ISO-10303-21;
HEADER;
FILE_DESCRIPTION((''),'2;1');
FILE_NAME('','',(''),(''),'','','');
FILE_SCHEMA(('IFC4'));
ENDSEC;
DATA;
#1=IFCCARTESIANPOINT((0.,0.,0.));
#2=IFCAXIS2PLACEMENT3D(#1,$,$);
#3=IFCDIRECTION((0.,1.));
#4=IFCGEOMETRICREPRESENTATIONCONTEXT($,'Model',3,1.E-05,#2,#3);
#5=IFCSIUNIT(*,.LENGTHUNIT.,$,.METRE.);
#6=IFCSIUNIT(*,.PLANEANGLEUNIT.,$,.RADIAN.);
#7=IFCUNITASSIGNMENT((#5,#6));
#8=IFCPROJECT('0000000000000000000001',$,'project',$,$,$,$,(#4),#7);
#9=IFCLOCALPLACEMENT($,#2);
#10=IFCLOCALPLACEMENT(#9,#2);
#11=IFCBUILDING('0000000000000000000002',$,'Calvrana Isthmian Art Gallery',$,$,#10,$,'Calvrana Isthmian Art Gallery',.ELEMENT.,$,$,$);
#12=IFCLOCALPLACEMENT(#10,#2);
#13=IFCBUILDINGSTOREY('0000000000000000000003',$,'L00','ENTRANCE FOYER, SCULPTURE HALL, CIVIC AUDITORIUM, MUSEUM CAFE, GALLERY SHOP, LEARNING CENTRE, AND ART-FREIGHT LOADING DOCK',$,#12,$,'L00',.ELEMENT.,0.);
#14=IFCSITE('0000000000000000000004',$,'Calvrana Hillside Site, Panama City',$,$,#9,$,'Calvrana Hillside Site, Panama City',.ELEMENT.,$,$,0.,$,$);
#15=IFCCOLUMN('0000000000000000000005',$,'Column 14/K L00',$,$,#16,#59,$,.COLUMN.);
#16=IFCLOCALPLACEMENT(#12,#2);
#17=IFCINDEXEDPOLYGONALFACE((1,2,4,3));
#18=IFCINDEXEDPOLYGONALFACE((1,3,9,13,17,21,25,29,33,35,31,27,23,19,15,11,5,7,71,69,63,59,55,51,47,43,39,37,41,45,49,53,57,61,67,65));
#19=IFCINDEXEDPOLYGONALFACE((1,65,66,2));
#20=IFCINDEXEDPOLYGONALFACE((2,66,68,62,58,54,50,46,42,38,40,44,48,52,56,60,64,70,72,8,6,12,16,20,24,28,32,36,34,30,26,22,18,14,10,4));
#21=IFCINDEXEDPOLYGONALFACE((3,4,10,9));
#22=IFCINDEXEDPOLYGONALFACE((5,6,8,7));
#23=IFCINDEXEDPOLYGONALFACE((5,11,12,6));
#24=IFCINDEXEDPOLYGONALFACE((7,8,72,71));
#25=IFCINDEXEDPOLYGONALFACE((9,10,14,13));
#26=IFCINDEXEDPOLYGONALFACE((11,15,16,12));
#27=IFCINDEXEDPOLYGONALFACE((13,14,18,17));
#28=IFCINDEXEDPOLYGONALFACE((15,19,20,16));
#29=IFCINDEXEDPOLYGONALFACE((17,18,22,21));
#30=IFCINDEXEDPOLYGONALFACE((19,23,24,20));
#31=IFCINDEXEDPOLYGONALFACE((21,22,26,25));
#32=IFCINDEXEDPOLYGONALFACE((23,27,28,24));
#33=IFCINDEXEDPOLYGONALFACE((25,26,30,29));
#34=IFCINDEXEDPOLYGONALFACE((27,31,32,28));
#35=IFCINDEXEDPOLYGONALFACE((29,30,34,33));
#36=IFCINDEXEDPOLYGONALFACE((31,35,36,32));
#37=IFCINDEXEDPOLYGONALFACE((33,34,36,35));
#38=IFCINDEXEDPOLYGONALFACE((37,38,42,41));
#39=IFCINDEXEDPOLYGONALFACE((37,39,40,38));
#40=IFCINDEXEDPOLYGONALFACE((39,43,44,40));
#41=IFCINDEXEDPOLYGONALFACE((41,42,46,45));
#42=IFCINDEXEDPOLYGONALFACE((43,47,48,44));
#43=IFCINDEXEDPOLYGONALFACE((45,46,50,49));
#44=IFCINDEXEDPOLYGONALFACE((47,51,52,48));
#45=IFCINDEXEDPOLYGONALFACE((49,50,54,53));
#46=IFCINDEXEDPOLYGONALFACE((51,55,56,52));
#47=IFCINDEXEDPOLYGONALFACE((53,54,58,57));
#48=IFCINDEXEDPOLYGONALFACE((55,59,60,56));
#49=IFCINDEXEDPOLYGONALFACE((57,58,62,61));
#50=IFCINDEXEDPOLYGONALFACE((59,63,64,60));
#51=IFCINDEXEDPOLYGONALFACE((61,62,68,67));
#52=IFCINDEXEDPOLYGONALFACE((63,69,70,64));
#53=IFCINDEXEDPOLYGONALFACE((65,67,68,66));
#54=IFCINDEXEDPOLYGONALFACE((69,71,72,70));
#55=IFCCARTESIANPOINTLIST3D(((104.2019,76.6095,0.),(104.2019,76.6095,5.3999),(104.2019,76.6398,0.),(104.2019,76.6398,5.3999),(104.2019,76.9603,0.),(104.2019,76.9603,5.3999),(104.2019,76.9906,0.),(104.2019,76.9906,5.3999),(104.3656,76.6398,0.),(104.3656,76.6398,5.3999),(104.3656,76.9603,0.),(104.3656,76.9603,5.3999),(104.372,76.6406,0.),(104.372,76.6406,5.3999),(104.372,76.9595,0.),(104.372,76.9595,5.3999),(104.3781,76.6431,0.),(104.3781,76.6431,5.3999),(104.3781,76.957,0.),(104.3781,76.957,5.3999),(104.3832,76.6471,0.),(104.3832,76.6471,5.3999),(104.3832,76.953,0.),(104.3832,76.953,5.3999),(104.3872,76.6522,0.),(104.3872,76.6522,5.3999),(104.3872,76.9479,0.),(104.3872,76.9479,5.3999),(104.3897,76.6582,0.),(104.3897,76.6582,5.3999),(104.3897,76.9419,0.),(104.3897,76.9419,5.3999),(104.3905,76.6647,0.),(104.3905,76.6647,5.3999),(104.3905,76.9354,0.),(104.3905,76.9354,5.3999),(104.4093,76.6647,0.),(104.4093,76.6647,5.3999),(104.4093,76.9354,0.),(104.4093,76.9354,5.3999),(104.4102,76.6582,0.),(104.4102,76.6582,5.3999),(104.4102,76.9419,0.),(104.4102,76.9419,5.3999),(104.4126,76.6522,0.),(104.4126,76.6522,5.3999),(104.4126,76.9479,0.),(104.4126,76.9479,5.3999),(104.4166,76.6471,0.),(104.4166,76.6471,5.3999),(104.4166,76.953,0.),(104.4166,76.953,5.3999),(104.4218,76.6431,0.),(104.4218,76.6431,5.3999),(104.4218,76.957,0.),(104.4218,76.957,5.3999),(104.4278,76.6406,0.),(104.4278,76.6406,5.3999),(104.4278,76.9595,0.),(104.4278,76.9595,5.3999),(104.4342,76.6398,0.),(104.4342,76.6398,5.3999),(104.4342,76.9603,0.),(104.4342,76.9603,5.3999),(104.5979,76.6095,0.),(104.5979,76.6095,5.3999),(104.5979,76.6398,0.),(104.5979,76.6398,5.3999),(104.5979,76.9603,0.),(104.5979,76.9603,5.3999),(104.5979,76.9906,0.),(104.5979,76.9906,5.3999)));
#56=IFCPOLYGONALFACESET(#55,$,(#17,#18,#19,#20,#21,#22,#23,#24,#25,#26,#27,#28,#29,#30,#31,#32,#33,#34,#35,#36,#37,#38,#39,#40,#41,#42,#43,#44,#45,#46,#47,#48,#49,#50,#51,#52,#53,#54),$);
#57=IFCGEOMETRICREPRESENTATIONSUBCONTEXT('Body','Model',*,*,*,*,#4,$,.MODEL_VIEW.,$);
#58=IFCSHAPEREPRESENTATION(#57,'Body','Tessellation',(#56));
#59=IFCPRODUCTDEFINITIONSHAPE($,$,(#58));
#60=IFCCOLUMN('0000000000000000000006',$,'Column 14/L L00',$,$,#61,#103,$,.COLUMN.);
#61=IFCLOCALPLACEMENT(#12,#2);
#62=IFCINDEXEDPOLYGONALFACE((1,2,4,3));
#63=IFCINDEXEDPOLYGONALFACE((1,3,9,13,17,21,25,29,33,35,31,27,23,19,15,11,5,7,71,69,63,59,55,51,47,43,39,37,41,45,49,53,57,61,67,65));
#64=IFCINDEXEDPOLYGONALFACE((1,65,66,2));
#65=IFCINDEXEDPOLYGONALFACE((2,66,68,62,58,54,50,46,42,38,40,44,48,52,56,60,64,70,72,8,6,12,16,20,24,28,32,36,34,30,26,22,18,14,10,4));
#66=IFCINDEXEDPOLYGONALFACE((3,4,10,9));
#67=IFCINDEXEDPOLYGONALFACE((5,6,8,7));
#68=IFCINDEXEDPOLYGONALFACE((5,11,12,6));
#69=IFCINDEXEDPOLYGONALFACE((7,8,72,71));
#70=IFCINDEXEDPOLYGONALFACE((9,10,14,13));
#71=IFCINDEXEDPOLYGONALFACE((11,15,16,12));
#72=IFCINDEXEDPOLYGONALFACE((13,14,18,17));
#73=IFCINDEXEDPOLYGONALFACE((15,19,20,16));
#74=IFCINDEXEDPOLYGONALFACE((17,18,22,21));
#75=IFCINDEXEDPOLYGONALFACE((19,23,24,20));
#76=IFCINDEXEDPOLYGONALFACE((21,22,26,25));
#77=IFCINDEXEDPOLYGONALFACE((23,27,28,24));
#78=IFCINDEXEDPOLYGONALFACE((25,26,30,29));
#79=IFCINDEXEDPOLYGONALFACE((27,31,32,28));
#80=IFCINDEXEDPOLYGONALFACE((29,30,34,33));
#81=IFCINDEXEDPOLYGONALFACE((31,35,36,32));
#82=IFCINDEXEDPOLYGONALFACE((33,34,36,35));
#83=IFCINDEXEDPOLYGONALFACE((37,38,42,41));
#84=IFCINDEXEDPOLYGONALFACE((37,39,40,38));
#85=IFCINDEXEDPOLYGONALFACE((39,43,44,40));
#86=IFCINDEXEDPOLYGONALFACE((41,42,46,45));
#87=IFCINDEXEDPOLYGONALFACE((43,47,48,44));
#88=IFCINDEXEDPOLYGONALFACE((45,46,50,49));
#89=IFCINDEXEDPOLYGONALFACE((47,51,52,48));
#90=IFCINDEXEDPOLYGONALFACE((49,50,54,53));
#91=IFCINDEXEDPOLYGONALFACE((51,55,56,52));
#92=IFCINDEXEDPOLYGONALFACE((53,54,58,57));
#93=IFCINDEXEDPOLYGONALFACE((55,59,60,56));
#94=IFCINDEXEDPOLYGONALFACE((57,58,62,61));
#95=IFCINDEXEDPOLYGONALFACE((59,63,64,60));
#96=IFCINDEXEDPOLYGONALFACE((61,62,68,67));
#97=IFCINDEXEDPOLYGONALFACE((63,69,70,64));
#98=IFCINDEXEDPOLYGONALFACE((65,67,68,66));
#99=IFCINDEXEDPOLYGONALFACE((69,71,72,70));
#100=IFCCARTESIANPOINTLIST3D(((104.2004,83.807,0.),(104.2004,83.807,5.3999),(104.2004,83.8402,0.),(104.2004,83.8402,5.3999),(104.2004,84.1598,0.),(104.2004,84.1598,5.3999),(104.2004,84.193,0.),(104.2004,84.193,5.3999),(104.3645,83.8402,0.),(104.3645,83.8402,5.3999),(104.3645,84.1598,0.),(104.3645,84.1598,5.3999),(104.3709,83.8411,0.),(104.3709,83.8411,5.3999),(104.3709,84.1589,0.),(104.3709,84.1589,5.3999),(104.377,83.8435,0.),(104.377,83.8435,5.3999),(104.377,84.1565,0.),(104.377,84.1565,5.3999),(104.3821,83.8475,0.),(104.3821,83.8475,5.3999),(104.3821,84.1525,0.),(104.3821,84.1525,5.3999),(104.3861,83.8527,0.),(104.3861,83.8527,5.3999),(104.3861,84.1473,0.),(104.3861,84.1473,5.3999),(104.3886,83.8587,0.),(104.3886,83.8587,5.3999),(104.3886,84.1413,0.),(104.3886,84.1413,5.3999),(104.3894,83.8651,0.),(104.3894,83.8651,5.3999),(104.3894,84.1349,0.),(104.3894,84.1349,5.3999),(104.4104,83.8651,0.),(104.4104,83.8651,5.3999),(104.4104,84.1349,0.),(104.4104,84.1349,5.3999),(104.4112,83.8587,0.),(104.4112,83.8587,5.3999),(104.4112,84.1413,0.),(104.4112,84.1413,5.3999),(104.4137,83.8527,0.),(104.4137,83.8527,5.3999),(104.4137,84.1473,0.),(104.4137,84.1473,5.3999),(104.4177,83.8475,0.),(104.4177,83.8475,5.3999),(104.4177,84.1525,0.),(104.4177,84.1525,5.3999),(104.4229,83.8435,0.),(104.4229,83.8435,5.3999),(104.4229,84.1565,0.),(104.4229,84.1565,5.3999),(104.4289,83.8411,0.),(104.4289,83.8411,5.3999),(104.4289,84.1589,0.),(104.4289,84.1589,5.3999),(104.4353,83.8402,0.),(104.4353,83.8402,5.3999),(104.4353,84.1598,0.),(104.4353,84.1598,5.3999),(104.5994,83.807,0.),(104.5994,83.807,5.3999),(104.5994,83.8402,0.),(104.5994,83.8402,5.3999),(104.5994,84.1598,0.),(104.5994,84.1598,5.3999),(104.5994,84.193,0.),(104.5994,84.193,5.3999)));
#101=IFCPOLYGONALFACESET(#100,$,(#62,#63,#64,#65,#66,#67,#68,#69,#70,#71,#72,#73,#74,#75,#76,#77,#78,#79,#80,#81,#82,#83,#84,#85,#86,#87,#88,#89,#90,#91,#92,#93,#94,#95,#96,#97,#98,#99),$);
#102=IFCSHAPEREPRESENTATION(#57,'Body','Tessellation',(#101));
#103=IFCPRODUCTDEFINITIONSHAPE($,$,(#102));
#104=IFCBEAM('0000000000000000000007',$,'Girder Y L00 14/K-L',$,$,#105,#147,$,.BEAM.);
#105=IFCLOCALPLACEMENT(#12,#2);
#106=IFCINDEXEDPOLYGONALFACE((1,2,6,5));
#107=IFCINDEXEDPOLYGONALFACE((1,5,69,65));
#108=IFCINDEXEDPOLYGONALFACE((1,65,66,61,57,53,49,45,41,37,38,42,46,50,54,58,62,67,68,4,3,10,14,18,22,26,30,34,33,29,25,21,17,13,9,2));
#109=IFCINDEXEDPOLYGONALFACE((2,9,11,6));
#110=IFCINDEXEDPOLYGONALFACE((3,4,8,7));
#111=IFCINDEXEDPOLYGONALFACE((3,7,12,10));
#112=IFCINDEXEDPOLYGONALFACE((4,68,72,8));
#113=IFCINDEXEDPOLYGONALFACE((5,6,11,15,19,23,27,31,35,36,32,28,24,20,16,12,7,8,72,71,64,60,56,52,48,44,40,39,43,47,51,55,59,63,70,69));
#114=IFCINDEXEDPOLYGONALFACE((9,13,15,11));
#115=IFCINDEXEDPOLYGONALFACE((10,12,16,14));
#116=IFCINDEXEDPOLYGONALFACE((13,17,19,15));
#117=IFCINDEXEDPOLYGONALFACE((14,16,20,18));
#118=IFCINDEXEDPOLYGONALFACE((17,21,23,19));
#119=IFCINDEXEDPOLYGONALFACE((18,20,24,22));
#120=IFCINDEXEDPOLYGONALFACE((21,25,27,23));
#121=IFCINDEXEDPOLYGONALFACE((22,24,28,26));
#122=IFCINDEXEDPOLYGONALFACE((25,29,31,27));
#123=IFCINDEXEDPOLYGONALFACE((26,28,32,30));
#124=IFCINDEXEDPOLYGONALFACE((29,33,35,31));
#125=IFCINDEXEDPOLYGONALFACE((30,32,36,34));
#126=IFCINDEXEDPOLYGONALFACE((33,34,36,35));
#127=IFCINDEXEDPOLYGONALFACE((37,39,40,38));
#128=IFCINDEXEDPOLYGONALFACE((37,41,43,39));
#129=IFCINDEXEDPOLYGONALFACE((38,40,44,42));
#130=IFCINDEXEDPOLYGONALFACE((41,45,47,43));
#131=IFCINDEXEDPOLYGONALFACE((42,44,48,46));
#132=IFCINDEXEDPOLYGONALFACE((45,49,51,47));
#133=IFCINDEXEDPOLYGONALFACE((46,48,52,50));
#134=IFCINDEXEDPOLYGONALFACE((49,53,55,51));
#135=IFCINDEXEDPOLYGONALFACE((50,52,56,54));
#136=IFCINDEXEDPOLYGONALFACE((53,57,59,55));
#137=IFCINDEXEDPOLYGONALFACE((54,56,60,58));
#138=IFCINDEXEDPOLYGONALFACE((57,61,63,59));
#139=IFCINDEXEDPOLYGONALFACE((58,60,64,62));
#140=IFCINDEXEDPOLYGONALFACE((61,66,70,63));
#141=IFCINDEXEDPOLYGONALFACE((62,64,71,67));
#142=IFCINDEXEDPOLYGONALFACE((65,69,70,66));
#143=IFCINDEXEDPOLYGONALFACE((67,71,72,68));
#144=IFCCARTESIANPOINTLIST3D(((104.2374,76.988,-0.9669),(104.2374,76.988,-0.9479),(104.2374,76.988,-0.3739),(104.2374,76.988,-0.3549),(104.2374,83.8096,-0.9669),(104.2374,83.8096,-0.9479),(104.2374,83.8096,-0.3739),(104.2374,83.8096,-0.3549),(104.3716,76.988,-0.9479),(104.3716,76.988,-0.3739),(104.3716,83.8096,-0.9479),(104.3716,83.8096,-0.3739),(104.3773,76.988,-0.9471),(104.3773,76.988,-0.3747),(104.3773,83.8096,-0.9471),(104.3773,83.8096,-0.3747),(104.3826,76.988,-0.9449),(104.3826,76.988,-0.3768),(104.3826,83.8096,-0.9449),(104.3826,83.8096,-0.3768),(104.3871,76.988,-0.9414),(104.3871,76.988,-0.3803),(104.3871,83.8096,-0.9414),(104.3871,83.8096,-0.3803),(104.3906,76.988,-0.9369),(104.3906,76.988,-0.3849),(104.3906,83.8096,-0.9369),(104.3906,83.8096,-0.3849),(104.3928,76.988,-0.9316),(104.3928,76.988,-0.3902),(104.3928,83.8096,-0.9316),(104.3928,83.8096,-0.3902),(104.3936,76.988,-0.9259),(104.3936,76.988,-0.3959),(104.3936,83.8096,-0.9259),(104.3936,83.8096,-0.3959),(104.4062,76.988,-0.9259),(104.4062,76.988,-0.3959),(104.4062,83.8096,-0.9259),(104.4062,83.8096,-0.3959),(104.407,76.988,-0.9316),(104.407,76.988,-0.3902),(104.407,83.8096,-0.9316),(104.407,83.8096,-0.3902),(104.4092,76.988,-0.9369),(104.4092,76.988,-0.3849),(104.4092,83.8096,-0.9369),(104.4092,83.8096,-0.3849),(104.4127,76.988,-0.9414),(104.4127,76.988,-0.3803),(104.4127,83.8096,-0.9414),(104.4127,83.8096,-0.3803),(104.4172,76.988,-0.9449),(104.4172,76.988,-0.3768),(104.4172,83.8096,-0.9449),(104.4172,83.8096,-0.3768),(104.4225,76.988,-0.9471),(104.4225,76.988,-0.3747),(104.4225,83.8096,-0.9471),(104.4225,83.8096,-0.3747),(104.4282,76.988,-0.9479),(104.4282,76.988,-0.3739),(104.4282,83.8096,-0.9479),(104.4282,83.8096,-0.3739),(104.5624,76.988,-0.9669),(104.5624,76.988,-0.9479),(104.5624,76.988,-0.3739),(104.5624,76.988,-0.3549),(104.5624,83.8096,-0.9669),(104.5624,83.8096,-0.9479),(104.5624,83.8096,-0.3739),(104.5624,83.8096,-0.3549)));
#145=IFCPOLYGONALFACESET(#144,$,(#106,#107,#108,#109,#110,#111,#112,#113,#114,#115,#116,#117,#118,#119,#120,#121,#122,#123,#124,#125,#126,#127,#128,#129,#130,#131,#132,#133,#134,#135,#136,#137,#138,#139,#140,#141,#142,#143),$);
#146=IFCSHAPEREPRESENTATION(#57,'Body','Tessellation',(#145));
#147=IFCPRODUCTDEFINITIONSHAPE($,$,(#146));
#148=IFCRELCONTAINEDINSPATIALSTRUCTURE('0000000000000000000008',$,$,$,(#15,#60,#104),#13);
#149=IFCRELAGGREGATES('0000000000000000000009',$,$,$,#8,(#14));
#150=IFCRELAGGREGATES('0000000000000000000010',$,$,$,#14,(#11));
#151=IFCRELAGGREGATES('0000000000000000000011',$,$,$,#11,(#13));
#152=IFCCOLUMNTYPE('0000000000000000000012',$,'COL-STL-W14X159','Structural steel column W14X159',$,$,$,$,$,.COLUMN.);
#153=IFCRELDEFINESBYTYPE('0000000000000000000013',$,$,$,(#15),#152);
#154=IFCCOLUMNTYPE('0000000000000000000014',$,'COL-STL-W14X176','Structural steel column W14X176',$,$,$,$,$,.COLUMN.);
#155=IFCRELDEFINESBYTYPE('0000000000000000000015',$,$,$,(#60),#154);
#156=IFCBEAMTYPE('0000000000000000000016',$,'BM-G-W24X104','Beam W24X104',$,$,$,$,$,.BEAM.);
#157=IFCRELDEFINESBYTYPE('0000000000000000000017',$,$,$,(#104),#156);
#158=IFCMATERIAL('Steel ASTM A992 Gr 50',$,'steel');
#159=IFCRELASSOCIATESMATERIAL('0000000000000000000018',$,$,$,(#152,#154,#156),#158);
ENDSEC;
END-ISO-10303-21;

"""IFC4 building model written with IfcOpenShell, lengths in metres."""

from ifc_helpers import new_model, si_unit, direction, frame, origin, origin_2d, place, context, subcontext, project, spatial, i_section, extrude, material, material_profile, profile_set, type_object, element, save


model = new_model("IFC4")

# Units and contexts
model_context = context("Model", 3, precision=1e-05, world=origin(), true_north=direction((0.0, 1.0)))
body_context = subcontext(model_context, "Body", "Model", "MODEL_VIEW")
ifc_project = project(units=[si_unit("LENGTHUNIT", "METRE"), si_unit("PLANEANGLEUNIT", "RADIAN")], contexts=[model_context])

# Site, building, storey
site_placement = place(None, origin())
site = spatial("IfcSite", under=ifc_project, at=site_placement, Name="Calvrana Hillside Site, Panama City", LongName="Calvrana Hillside Site, Panama City", CompositionType="ELEMENT", RefElevation=0.0)
building_placement = place(site_placement, origin())
building = spatial("IfcBuilding", under=site, at=building_placement, Name="Calvrana Isthmian Art Gallery", LongName="Calvrana Isthmian Art Gallery", CompositionType="ELEMENT")
storey_placement = place(building_placement, origin())
storey = spatial("IfcBuildingStorey", under=building, at=storey_placement, Name="L00", Description="ENTRANCE FOYER, SCULPTURE HALL, CIVIC AUDITORIUM, MUSEUM CAFE, GALLERY SHOP, LEARNING CENTRE, AND ART-FREIGHT LOADING DOCK", LongName="L00", CompositionType="ELEMENT", Elevation=0.0)

# Columns
ifc_material_1 = material(Name="Steel ASTM A992 Gr 50", Category="steel")
ifc_material_profile_1 = material_profile(ifc_material_1, i_section(OverallWidth=0.396, OverallDepth=0.3811, WebThickness=0.0188, FlangeThickness=0.0303, FilletRadius=0.0249, at=origin_2d()), Name="W14X159")
ifc_profile_set_1 = profile_set([ifc_material_profile_1], Name="Steel ASTM A992 Gr 50")
column_type_1 = type_object("IfcColumnType", Name="COL-STL-W14X159", Description="Structural steel column W14X159", PredefinedType="COLUMN", material=ifc_profile_set_1)
column_1_placement = place(storey_placement, frame((104.3999, 76.8, 0.0), z_axis=(0.0, 0.0, 1.0), x_axis=(1.0, 0.0, 0.0)))
element("IfcColumn", 1, at=column_1_placement, inside=storey, type_object=column_type_1, Name="Column 14/K L00", PredefinedType="COLUMN", context=body_context, shape_type="SweptSolid", body=[
    extrude(i_section(OverallWidth=0.396, OverallDepth=0.3811, WebThickness=0.0188, FlangeThickness=0.0303, FilletRadius=0.0249, at=origin_2d()), origin(), (0.0, 0.0, 1.0), 5.3999),
])
ifc_material_profile_2 = material_profile(ifc_material_1, i_section(OverallWidth=0.3989, OverallDepth=0.386, WebThickness=0.021, FlangeThickness=0.0332, FilletRadius=0.0249, at=origin_2d()), Name="W14X176")
ifc_profile_set_2 = profile_set([ifc_material_profile_2], Name="Steel ASTM A992 Gr 50")
column_type_2 = type_object("IfcColumnType", Name="COL-STL-W14X176", Description="Structural steel column W14X176", PredefinedType="COLUMN", material=ifc_profile_set_2)
column_2_placement = place(storey_placement, frame((104.3999, 84.0, 0.0), z_axis=(0.0, 0.0, 1.0), x_axis=(1.0, 0.0, 0.0)))
element("IfcColumn", 2, at=column_2_placement, inside=storey, type_object=column_type_2, Name="Column 14/L L00", PredefinedType="COLUMN", context=body_context, shape_type="SweptSolid", body=[
    extrude(i_section(OverallWidth=0.3989, OverallDepth=0.386, WebThickness=0.021, FlangeThickness=0.0332, FilletRadius=0.0249, at=origin_2d()), origin(), (0.0, 0.0, 1.0), 5.3999),
])

# Beam
ifc_material_profile_3 = material_profile(ifc_material_1, i_section(OverallWidth=0.325, OverallDepth=0.6121, WebThickness=0.0127, FlangeThickness=0.019, FilletRadius=0.022, at=origin_2d()), Name="W24X104")
ifc_profile_set_3 = profile_set([ifc_material_profile_3], Name="Steel ASTM A992 Gr 50")
beam_type_1 = type_object("IfcBeamType", Name="BM-G-W24X104", Description="Beam W24X104", PredefinedType="BEAM", material=ifc_profile_set_3)
beam_1_placement = place(storey_placement, frame((104.3999, 76.988, -0.6609), z_axis=(0.0, 1.0, 0.0), x_axis=(-1.0, 0.0, 0.0)))
element("IfcBeam", 3, at=beam_1_placement, inside=storey, type_object=beam_type_1, Name="Girder Y L00 14/K-L", PredefinedType="BEAM", context=body_context, shape_type="SweptSolid", body=[
    extrude(i_section(OverallWidth=0.325, OverallDepth=0.6121, WebThickness=0.0127, FlangeThickness=0.019, FilletRadius=0.022, at=origin_2d()), origin(), (0.0, 0.0, 1.0), 6.8215),
])

save(model, "model.ifc")
